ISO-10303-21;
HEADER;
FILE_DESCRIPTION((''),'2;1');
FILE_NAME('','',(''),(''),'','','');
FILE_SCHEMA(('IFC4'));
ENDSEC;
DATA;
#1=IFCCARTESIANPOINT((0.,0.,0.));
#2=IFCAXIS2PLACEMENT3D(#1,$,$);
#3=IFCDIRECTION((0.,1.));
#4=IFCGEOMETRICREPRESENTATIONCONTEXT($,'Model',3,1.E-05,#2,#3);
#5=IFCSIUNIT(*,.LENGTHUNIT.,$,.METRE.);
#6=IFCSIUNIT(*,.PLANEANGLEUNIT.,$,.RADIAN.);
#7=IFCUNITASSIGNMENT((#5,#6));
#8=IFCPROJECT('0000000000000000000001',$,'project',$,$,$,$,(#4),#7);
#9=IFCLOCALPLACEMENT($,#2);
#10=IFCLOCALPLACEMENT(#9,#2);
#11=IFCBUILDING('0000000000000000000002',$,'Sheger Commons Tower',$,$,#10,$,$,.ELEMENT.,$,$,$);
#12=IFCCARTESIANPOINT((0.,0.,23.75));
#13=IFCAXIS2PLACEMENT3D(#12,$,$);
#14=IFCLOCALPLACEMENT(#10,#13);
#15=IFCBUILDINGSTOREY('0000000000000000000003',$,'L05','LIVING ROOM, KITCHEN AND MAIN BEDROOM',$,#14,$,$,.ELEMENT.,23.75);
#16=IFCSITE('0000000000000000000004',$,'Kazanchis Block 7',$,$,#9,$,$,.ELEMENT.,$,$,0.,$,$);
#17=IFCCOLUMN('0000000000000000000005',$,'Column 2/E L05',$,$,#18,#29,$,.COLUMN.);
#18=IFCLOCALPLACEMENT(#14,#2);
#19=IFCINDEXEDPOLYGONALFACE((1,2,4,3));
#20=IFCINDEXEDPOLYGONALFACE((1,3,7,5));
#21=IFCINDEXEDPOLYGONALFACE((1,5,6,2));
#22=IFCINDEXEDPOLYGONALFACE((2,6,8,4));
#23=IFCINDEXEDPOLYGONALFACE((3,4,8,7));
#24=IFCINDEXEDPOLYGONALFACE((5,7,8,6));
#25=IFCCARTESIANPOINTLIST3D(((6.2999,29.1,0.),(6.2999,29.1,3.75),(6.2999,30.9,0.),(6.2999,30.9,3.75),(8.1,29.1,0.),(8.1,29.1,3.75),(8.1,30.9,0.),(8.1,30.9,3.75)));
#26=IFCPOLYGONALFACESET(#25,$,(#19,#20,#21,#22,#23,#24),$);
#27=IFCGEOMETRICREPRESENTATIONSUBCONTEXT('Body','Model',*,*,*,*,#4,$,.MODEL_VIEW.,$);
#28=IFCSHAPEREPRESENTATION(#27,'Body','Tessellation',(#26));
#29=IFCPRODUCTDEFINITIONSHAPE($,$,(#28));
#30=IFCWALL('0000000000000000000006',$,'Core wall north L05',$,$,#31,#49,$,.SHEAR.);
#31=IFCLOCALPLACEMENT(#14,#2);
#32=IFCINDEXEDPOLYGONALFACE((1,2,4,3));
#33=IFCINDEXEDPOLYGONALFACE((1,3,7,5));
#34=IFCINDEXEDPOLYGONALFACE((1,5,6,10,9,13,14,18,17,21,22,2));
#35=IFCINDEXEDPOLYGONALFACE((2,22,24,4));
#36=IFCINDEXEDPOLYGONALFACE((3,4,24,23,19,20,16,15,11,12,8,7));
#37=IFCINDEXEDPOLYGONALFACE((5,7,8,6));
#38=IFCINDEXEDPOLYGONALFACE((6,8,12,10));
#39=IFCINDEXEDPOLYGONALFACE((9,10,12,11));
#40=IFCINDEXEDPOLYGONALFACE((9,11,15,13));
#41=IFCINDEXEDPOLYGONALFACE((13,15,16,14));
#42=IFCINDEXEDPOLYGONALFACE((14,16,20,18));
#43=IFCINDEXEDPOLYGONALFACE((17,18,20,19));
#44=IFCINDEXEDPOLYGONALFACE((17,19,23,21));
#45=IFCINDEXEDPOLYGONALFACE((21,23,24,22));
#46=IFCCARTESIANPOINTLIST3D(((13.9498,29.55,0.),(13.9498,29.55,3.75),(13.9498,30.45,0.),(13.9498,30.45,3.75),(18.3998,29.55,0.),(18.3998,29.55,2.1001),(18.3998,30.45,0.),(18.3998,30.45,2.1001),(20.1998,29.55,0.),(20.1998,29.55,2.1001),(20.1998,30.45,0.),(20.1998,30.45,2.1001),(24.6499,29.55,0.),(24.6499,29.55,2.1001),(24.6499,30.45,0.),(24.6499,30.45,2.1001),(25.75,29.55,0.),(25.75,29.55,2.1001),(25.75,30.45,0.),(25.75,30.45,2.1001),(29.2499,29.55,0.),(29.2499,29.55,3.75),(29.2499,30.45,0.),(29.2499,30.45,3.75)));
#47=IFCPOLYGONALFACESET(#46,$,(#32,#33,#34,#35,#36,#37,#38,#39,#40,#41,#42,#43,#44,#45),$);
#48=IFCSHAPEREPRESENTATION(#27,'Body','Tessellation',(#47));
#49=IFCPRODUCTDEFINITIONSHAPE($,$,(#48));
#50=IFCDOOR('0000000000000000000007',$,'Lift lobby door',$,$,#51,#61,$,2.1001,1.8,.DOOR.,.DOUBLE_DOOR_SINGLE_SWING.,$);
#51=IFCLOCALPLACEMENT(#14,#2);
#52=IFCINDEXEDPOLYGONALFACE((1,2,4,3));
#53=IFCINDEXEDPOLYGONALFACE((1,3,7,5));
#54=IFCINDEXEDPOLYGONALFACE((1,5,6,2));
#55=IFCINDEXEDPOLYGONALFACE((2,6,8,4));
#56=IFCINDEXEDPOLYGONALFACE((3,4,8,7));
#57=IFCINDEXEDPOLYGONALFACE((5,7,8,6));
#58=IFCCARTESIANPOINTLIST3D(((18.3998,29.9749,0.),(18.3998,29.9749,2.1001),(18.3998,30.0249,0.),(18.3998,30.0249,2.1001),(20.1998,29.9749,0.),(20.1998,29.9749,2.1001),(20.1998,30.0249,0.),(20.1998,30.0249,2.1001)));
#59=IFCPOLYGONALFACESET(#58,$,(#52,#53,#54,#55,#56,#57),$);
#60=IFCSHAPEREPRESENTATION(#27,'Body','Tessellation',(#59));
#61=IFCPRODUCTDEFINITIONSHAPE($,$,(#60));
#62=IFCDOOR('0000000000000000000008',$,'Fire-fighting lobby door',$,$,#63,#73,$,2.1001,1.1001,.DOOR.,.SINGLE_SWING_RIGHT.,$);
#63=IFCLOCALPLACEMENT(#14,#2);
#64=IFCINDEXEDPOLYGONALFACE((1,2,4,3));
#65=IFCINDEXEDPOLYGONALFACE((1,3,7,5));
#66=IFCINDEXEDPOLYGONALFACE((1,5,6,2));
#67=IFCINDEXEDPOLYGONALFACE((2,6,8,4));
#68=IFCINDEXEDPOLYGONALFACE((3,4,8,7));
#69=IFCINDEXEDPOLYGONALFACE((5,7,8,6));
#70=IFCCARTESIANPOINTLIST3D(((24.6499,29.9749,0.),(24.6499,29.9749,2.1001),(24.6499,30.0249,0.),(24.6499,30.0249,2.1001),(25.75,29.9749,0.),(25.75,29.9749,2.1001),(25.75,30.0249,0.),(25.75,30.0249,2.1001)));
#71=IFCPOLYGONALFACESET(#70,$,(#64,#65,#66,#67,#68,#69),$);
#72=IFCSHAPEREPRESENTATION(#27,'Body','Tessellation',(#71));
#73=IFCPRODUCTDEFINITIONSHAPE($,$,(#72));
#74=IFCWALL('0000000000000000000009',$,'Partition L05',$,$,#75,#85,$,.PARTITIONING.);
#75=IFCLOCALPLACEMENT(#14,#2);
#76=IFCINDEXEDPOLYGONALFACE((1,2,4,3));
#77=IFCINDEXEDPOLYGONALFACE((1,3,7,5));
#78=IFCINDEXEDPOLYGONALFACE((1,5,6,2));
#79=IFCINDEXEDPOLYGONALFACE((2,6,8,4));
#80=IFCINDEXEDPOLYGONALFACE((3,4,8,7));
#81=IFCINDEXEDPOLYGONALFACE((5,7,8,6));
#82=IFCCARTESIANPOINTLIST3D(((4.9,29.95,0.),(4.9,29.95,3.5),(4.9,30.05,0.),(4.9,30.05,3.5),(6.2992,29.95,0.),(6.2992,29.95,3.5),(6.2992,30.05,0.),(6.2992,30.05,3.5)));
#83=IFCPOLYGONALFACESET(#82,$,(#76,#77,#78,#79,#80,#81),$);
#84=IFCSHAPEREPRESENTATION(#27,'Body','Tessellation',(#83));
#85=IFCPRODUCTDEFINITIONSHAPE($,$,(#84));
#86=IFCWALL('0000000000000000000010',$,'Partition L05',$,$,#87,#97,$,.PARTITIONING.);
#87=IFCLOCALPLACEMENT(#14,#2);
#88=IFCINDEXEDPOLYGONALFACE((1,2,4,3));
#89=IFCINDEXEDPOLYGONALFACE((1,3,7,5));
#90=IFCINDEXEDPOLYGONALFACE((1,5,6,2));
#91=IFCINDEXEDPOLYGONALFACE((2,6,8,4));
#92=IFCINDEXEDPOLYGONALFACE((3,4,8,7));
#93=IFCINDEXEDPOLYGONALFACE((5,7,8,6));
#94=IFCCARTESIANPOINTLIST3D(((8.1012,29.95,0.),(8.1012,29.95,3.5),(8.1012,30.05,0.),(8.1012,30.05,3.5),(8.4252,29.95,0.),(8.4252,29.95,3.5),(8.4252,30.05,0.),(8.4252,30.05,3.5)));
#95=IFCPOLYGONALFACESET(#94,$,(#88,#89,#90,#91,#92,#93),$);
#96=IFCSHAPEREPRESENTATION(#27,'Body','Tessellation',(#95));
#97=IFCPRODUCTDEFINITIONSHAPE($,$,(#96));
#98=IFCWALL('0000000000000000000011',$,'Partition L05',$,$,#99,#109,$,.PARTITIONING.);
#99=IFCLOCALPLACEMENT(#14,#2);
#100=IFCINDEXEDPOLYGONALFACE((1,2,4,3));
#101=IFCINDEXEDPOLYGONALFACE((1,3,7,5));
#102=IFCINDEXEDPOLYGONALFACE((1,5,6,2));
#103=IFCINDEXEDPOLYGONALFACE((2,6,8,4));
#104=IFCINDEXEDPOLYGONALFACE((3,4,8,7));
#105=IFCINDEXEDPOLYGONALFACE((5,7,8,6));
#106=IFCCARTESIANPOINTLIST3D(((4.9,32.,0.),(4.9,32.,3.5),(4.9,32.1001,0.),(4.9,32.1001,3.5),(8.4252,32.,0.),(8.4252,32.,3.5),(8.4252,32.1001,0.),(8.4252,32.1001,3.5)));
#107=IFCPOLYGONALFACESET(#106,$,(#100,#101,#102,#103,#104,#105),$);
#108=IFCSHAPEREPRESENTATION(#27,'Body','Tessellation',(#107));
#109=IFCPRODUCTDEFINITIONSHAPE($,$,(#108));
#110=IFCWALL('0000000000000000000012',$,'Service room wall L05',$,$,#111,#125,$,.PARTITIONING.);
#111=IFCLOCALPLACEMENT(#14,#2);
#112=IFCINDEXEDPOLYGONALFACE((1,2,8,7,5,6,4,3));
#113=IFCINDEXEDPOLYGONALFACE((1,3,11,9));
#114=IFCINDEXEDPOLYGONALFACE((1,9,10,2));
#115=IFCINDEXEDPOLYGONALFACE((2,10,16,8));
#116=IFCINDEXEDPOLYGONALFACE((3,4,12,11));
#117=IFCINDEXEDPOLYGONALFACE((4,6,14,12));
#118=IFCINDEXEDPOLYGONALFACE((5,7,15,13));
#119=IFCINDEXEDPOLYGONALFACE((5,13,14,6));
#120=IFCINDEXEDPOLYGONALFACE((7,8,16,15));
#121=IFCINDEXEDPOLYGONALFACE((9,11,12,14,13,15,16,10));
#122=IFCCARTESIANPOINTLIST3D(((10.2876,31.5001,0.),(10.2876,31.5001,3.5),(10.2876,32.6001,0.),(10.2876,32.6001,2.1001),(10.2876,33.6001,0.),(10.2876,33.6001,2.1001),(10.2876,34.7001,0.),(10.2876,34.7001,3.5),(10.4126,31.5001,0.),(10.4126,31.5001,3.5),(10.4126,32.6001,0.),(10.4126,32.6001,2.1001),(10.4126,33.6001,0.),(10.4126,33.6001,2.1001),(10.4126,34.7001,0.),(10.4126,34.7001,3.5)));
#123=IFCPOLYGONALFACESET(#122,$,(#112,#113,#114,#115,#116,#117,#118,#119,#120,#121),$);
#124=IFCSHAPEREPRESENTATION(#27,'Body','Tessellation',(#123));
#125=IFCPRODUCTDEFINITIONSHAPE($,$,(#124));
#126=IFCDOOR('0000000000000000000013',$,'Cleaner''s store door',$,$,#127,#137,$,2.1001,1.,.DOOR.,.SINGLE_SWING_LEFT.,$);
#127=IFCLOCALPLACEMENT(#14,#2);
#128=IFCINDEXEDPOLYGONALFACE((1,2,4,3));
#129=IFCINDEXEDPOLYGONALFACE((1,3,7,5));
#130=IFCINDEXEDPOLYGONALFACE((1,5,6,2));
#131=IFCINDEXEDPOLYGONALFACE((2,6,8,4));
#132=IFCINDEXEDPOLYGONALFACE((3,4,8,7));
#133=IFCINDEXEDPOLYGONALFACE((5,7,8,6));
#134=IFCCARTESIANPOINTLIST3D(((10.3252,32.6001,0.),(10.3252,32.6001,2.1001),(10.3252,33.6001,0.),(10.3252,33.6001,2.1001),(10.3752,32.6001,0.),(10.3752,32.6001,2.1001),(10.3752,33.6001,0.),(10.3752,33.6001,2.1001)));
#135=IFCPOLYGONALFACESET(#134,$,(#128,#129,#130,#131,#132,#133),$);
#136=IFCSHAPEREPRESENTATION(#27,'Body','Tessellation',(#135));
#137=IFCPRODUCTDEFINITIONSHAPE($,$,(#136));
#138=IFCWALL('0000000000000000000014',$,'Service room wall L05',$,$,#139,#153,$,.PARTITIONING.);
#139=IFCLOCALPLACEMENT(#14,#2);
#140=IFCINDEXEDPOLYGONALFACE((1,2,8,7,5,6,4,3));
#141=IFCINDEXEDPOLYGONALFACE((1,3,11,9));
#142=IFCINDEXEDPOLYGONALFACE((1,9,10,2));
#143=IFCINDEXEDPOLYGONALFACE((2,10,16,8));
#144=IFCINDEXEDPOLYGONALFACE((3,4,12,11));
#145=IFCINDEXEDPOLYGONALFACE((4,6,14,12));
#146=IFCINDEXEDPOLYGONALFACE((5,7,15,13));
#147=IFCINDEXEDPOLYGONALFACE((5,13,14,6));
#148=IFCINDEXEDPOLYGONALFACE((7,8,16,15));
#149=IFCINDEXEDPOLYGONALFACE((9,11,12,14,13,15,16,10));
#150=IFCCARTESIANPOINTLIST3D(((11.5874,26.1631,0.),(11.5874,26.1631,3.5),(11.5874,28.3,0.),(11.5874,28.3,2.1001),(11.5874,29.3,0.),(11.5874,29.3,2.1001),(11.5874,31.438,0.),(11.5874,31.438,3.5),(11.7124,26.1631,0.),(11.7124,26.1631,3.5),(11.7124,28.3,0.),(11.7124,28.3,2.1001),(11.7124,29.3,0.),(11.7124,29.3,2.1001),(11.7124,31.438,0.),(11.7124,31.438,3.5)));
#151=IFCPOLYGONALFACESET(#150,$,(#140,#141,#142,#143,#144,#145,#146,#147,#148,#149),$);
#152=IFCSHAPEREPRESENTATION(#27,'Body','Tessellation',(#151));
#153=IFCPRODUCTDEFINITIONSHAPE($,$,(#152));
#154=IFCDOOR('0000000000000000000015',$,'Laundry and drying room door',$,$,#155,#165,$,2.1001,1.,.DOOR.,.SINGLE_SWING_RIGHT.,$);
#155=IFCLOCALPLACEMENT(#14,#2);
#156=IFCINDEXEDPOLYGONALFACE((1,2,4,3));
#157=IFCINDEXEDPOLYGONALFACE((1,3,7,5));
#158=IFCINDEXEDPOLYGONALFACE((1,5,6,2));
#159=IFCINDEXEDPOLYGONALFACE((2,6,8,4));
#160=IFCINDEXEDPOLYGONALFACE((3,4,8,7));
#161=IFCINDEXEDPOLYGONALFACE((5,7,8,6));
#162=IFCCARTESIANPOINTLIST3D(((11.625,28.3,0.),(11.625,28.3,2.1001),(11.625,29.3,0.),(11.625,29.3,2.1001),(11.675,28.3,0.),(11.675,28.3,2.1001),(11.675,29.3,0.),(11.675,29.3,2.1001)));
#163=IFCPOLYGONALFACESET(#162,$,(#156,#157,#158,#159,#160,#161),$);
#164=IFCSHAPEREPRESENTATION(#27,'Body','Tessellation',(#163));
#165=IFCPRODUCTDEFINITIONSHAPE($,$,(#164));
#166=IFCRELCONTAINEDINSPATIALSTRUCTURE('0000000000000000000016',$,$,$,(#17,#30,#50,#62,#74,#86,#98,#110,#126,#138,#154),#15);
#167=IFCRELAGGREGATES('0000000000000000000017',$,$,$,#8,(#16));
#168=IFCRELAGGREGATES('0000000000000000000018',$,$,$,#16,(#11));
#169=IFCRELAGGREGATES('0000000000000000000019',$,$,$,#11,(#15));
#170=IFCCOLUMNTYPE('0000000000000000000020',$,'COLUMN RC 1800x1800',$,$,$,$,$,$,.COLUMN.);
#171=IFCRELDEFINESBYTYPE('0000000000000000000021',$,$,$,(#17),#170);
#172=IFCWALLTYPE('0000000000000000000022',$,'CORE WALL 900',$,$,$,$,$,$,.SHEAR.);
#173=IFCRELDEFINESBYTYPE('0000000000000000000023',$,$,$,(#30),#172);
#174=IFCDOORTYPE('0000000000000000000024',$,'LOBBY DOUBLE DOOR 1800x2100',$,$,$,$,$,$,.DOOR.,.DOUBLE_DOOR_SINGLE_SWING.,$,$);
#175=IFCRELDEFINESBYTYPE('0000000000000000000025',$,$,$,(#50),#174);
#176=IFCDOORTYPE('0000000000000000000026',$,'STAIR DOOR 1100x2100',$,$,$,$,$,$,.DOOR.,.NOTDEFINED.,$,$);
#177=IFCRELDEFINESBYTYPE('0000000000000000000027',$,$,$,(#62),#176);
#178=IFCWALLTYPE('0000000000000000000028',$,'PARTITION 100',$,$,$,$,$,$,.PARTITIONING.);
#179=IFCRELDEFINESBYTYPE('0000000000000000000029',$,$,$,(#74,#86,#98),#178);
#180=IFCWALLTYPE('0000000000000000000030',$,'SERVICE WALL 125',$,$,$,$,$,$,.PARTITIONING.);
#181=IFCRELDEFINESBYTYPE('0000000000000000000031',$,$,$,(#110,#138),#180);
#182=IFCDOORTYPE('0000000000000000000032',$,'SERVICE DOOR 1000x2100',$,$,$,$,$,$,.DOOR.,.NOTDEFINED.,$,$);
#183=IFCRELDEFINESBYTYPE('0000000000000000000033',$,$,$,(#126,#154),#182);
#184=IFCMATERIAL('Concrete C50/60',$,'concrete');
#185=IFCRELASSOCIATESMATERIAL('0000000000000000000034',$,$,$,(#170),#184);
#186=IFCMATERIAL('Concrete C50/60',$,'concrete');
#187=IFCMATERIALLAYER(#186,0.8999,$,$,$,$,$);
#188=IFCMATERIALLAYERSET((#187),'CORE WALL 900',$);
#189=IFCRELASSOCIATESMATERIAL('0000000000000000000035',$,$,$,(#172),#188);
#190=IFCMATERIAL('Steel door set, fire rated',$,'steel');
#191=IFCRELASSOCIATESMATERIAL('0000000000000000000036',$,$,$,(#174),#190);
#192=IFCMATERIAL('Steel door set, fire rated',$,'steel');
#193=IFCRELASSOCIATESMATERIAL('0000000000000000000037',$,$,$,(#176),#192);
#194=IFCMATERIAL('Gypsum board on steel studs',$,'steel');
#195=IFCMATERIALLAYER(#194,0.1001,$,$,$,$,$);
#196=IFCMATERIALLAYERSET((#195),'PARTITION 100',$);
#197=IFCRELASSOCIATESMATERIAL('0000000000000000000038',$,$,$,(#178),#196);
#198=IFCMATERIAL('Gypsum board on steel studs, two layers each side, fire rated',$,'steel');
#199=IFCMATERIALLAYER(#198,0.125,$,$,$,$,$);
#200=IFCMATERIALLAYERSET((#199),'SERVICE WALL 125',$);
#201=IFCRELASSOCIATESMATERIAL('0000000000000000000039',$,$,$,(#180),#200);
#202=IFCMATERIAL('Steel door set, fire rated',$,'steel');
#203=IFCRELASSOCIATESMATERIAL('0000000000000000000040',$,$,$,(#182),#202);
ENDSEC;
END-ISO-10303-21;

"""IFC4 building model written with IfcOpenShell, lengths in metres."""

from ifc_helpers import new_model, si_unit, direction, frame, frame_2d, origin, origin_2d, place, context, subcontext, project, spatial, rectangle, extrude, material, layer, layer_set, material_profile, profile_set, type_object, element, fill, save


model = new_model("IFC4")

# Units and contexts
model_context = context("Model", 3, precision=1e-05, world=origin(), true_north=direction((0.0, 1.0)))
body_context = subcontext(model_context, "Body", "Model", "MODEL_VIEW")
ifc_project = project(units=[si_unit("LENGTHUNIT", "METRE"), si_unit("PLANEANGLEUNIT", "RADIAN")], contexts=[model_context])

# Site, building, storey
site_placement = place(None, origin())
site = spatial("IfcSite", under=ifc_project, at=site_placement, Name="Kazanchis Block 7", CompositionType="ELEMENT", RefElevation=0.0)
building_placement = place(site_placement, origin())
building = spatial("IfcBuilding", under=site, at=building_placement, Name="Sheger Commons Tower", CompositionType="ELEMENT")
storey_placement = place(building_placement, frame((0.0, 0.0, 23.75)))
storey = spatial("IfcBuildingStorey", under=building, at=storey_placement, Name="L05", Description="LIVING ROOM, KITCHEN AND MAIN BEDROOM", CompositionType="ELEMENT", Elevation=23.75)

# Column
ifc_material_1 = material(Name="Concrete C50/60", Category="concrete")
ifc_material_profile = material_profile(ifc_material_1, rectangle(XDim=1.8, YDim=1.8, at=origin_2d()), Name="RC 1800x1800")
ifc_profile_set = profile_set([ifc_material_profile], Name="Concrete C50/60")
column_type = type_object("IfcColumnType", Name="COLUMN RC 1800x1800", PredefinedType="COLUMN", material=ifc_profile_set)
column_placement = place(storey_placement, frame((7.2, 30.0, 0.0), z_axis=(0.0, 0.0, 1.0), x_axis=(1.0, 0.0, 0.0)))
element("IfcColumn", 1, at=column_placement, inside=storey, type_object=column_type, Name="Column 2/E L05", PredefinedType="COLUMN", context=body_context, shape_type="SweptSolid", body=[
    extrude(rectangle(XDim=1.8, YDim=1.8, at=origin_2d()), origin(), (0.0, 0.0, 1.0), 3.75),
])

# Wall, openings, doors
ifc_material_2 = material(Name="Concrete C50/60", Category="concrete")
ifc_layer_1 = layer(ifc_material_2, 0.8999)
ifc_layer_set_1 = layer_set([ifc_layer_1], Name="CORE WALL 900")
wall_type_1 = type_object("IfcWallType", Name="CORE WALL 900", PredefinedType="SHEAR", material=ifc_layer_set_1)
wall_1_placement = place(storey_placement, frame((13.95, 30.0, 0.0), z_axis=(0.0, 0.0, 1.0), x_axis=(1.0, 0.0, 0.0)))
wall_1 = element("IfcWall", 2, at=wall_1_placement, inside=storey, type_object=wall_type_1, Name="Core wall north L05", PredefinedType="SHEAR", context=body_context, shape_type="SweptSolid", body=[
    extrude(rectangle(XDim=15.3, YDim=0.8999, at=frame_2d((7.6499, 0.0))), origin(), (0.0, 0.0, 1.0), 3.75),
])
opening_1_placement = place(wall_1_placement, frame((4.45, 0.0, 0.0)))
opening_1 = element("IfcOpeningElement", 3, at=opening_1_placement, cuts=wall_1, PredefinedType="OPENING", context=body_context, shape_type="SweptSolid", body=[
    extrude(rectangle(XDim=1.8, YDim=2.1001, at=frame_2d((0.8999, 1.05))), frame((0.0, 0.46, 0.0), z_axis=(0.0, -1.0, 0.0), x_axis=(1.0, 0.0, 0.0)), (0.0, 0.0, 1.0), 0.9199),
])
opening_2_placement = place(wall_1_placement, frame((10.7, 0.0, 0.0)))
opening_2 = element("IfcOpeningElement", 4, at=opening_2_placement, cuts=wall_1, PredefinedType="OPENING", context=body_context, shape_type="SweptSolid", body=[
    extrude(rectangle(XDim=1.1001, YDim=2.1001, at=frame_2d((0.55, 1.05))), frame((0.0, 0.46, 0.0), z_axis=(0.0, -1.0, 0.0), x_axis=(1.0, 0.0, 0.0)), (0.0, 0.0, 1.0), 0.9199),
])
ifc_material_3 = material(Name="Steel door set, fire rated", Category="steel")
door_type_1 = type_object("IfcDoorType", Name="LOBBY DOUBLE DOOR 1800x2100", OperationType="DOUBLE_DOOR_SINGLE_SWING", PredefinedType="DOOR", material=ifc_material_3)
door_1_placement = place(opening_1_placement, origin())
door_1 = element("IfcDoor", 5, at=door_1_placement, inside=storey, type_object=door_type_1, Name="Lift lobby door", OperationType="DOUBLE_DOOR_SINGLE_SWING", OverallHeight=2.1001, OverallWidth=1.8, PredefinedType="DOOR", context=body_context, shape_type="SweptSolid", body=[
    extrude(rectangle(XDim=1.8, YDim=2.1001, at=frame_2d((0.8999, 1.05))), frame((0.0, 0.0249, 0.0), z_axis=(0.0, -1.0, 0.0), x_axis=(1.0, 0.0, 0.0)), (0.0, 0.0, 1.0), 0.05),
])
fill(opening_1, door_1)
ifc_material_4 = material(Name="Steel door set, fire rated", Category="steel")
door_type_2 = type_object("IfcDoorType", Name="STAIR DOOR 1100x2100", OperationType="NOTDEFINED", PredefinedType="DOOR", material=ifc_material_4)
door_2_placement = place(opening_2_placement, origin())
door_2 = element("IfcDoor", 6, at=door_2_placement, inside=storey, type_object=door_type_2, Name="Fire-fighting lobby door", OperationType="SINGLE_SWING_RIGHT", OverallHeight=2.1001, OverallWidth=1.1001, PredefinedType="DOOR", context=body_context, shape_type="SweptSolid", body=[
    extrude(rectangle(XDim=1.1001, YDim=2.1001, at=frame_2d((0.55, 1.05))), frame((0.0, 0.0249, 0.0), z_axis=(0.0, -1.0, 0.0), x_axis=(1.0, 0.0, 0.0)), (0.0, 0.0, 1.0), 0.05),
])
fill(opening_2, door_2)

# Walls
ifc_material_5 = material(Name="Gypsum board on steel studs", Category="steel")
ifc_layer_2 = layer(ifc_material_5, 0.1001)
ifc_layer_set_2 = layer_set([ifc_layer_2], Name="PARTITION 100")
wall_type_2 = type_object("IfcWallType", Name="PARTITION 100", PredefinedType="PARTITIONING", material=ifc_layer_set_2)
wall_2_placement = place(storey_placement, frame((4.8999, 30.0, 0.0), z_axis=(0.0, 0.0, 1.0), x_axis=(1.0, 0.0, 0.0)))
element("IfcWall", 7, at=wall_2_placement, inside=storey, type_object=wall_type_2, Name="Partition L05", PredefinedType="PARTITIONING", context=body_context, shape_type="SweptSolid", body=[
    extrude(rectangle(XDim=1.3992, YDim=0.1001, at=frame_2d((0.6997, 0.0))), origin(), (0.0, 0.0, 1.0), 3.5),
])
wall_3_placement = place(storey_placement, frame((8.1011, 30.0, 0.0), z_axis=(0.0, 0.0, 1.0), x_axis=(1.0, 0.0, 0.0)))
element("IfcWall", 8, at=wall_3_placement, inside=storey, type_object=wall_type_2, Name="Partition L05", PredefinedType="PARTITIONING", context=body_context, shape_type="SweptSolid", body=[
    extrude(rectangle(XDim=0.324, YDim=0.1001, at=frame_2d((0.1621, 0.0))), origin(), (0.0, 0.0, 1.0), 3.5),
])
wall_4_placement = place(storey_placement, frame((4.8999, 32.05, 0.0), z_axis=(0.0, 0.0, 1.0), x_axis=(1.0, 0.0, 0.0)))
element("IfcWall", 9, at=wall_4_placement, inside=storey, type_object=wall_type_2, Name="Partition L05", PredefinedType="PARTITIONING", context=body_context, shape_type="SweptSolid", body=[
    extrude(rectangle(XDim=3.5251, YDim=0.1001, at=frame_2d((1.7627, 0.0))), origin(), (0.0, 0.0, 1.0), 3.5),
])

# Walls, openings, doors
ifc_material_6 = material(Name="Gypsum board on steel studs, two layers each side, fire rated", Category="steel")
ifc_layer_3 = layer(ifc_material_6, 0.125)
ifc_layer_set_3 = layer_set([ifc_layer_3], Name="SERVICE WALL 125")
wall_type_3 = type_object("IfcWallType", Name="SERVICE WALL 125", PredefinedType="PARTITIONING", material=ifc_layer_set_3)
wall_5_placement = place(storey_placement, frame((10.3501, 31.5, 0.0), z_axis=(0.0, 0.0, 1.0), x_axis=(0.0, 1.0, 0.0)))
wall_5 = element("IfcWall", 10, at=wall_5_placement, inside=storey, type_object=wall_type_3, Name="Service room wall L05", PredefinedType="PARTITIONING", context=body_context, shape_type="SweptSolid", body=[
    extrude(rectangle(XDim=3.2, YDim=0.125, at=frame_2d((1.6001, 0.0))), origin(), (0.0, 0.0, 1.0), 3.5),
])
opening_3_placement = place(wall_5_placement, frame((1.1001, 0.0, 0.0)))
opening_3 = element("IfcOpeningElement", 11, at=opening_3_placement, cuts=wall_5, PredefinedType="OPENING", context=body_context, shape_type="SweptSolid", body=[
    extrude(rectangle(XDim=1.0, YDim=2.1001, at=frame_2d((0.5, 1.05))), frame((0.0, 0.0725, 0.0), z_axis=(0.0, -1.0, 0.0), x_axis=(1.0, 0.0, 0.0)), (0.0, 0.0, 1.0), 0.145),
])
ifc_material_7 = material(Name="Steel door set, fire rated", Category="steel")
door_type_3 = type_object("IfcDoorType", Name="SERVICE DOOR 1000x2100", OperationType="NOTDEFINED", PredefinedType="DOOR", material=ifc_material_7)
door_3_placement = place(opening_3_placement, origin())
door_3 = element("IfcDoor", 12, at=door_3_placement, inside=storey, type_object=door_type_3, Name="Cleaner's store door", OperationType="SINGLE_SWING_LEFT", OverallHeight=2.1001, OverallWidth=1.0, PredefinedType="DOOR", context=body_context, shape_type="SweptSolid", body=[
    extrude(rectangle(XDim=1.0, YDim=2.1001, at=frame_2d((0.5, 1.05))), frame((0.0, 0.0249, 0.0), z_axis=(0.0, -1.0, 0.0), x_axis=(1.0, 0.0, 0.0)), (0.0, 0.0, 1.0), 0.05),
])
fill(opening_3, door_3)
wall_6_placement = place(storey_placement, frame((11.6499, 26.1631, 0.0), z_axis=(0.0, 0.0, 1.0), x_axis=(0.0, 1.0, 0.0)))
wall_6 = element("IfcWall", 13, at=wall_6_placement, inside=storey, type_object=wall_type_3, Name="Service room wall L05", PredefinedType="PARTITIONING", context=body_context, shape_type="SweptSolid", body=[
    extrude(rectangle(XDim=5.2749, YDim=0.125, at=frame_2d((2.6375, 0.0))), origin(), (0.0, 0.0, 1.0), 3.5),
])
opening_4_placement = place(wall_6_placement, frame((2.137, 0.0, 0.0)))
opening_4 = element("IfcOpeningElement", 14, at=opening_4_placement, cuts=wall_6, PredefinedType="OPENING", context=body_context, shape_type="SweptSolid", body=[
    extrude(rectangle(XDim=1.0, YDim=2.1001, at=frame_2d((0.5, 1.05))), frame((0.0, 0.0725, 0.0), z_axis=(0.0, -1.0, 0.0), x_axis=(1.0, 0.0, 0.0)), (0.0, 0.0, 1.0), 0.145),
])
door_4_placement = place(opening_4_placement, origin())
door_4 = element("IfcDoor", 15, at=door_4_placement, inside=storey, type_object=door_type_3, Name="Laundry and drying room door", OperationType="SINGLE_SWING_RIGHT", OverallHeight=2.1001, OverallWidth=1.0, PredefinedType="DOOR", context=body_context, shape_type="SweptSolid", body=[
    extrude(rectangle(XDim=1.0, YDim=2.1001, at=frame_2d((0.5, 1.05))), frame((0.0, 0.0249, 0.0), z_axis=(0.0, -1.0, 0.0), x_axis=(1.0, 0.0, 0.0)), (0.0, 0.0, 1.0), 0.05),
])
fill(opening_4, door_4)

save(model, "model.ifc")
